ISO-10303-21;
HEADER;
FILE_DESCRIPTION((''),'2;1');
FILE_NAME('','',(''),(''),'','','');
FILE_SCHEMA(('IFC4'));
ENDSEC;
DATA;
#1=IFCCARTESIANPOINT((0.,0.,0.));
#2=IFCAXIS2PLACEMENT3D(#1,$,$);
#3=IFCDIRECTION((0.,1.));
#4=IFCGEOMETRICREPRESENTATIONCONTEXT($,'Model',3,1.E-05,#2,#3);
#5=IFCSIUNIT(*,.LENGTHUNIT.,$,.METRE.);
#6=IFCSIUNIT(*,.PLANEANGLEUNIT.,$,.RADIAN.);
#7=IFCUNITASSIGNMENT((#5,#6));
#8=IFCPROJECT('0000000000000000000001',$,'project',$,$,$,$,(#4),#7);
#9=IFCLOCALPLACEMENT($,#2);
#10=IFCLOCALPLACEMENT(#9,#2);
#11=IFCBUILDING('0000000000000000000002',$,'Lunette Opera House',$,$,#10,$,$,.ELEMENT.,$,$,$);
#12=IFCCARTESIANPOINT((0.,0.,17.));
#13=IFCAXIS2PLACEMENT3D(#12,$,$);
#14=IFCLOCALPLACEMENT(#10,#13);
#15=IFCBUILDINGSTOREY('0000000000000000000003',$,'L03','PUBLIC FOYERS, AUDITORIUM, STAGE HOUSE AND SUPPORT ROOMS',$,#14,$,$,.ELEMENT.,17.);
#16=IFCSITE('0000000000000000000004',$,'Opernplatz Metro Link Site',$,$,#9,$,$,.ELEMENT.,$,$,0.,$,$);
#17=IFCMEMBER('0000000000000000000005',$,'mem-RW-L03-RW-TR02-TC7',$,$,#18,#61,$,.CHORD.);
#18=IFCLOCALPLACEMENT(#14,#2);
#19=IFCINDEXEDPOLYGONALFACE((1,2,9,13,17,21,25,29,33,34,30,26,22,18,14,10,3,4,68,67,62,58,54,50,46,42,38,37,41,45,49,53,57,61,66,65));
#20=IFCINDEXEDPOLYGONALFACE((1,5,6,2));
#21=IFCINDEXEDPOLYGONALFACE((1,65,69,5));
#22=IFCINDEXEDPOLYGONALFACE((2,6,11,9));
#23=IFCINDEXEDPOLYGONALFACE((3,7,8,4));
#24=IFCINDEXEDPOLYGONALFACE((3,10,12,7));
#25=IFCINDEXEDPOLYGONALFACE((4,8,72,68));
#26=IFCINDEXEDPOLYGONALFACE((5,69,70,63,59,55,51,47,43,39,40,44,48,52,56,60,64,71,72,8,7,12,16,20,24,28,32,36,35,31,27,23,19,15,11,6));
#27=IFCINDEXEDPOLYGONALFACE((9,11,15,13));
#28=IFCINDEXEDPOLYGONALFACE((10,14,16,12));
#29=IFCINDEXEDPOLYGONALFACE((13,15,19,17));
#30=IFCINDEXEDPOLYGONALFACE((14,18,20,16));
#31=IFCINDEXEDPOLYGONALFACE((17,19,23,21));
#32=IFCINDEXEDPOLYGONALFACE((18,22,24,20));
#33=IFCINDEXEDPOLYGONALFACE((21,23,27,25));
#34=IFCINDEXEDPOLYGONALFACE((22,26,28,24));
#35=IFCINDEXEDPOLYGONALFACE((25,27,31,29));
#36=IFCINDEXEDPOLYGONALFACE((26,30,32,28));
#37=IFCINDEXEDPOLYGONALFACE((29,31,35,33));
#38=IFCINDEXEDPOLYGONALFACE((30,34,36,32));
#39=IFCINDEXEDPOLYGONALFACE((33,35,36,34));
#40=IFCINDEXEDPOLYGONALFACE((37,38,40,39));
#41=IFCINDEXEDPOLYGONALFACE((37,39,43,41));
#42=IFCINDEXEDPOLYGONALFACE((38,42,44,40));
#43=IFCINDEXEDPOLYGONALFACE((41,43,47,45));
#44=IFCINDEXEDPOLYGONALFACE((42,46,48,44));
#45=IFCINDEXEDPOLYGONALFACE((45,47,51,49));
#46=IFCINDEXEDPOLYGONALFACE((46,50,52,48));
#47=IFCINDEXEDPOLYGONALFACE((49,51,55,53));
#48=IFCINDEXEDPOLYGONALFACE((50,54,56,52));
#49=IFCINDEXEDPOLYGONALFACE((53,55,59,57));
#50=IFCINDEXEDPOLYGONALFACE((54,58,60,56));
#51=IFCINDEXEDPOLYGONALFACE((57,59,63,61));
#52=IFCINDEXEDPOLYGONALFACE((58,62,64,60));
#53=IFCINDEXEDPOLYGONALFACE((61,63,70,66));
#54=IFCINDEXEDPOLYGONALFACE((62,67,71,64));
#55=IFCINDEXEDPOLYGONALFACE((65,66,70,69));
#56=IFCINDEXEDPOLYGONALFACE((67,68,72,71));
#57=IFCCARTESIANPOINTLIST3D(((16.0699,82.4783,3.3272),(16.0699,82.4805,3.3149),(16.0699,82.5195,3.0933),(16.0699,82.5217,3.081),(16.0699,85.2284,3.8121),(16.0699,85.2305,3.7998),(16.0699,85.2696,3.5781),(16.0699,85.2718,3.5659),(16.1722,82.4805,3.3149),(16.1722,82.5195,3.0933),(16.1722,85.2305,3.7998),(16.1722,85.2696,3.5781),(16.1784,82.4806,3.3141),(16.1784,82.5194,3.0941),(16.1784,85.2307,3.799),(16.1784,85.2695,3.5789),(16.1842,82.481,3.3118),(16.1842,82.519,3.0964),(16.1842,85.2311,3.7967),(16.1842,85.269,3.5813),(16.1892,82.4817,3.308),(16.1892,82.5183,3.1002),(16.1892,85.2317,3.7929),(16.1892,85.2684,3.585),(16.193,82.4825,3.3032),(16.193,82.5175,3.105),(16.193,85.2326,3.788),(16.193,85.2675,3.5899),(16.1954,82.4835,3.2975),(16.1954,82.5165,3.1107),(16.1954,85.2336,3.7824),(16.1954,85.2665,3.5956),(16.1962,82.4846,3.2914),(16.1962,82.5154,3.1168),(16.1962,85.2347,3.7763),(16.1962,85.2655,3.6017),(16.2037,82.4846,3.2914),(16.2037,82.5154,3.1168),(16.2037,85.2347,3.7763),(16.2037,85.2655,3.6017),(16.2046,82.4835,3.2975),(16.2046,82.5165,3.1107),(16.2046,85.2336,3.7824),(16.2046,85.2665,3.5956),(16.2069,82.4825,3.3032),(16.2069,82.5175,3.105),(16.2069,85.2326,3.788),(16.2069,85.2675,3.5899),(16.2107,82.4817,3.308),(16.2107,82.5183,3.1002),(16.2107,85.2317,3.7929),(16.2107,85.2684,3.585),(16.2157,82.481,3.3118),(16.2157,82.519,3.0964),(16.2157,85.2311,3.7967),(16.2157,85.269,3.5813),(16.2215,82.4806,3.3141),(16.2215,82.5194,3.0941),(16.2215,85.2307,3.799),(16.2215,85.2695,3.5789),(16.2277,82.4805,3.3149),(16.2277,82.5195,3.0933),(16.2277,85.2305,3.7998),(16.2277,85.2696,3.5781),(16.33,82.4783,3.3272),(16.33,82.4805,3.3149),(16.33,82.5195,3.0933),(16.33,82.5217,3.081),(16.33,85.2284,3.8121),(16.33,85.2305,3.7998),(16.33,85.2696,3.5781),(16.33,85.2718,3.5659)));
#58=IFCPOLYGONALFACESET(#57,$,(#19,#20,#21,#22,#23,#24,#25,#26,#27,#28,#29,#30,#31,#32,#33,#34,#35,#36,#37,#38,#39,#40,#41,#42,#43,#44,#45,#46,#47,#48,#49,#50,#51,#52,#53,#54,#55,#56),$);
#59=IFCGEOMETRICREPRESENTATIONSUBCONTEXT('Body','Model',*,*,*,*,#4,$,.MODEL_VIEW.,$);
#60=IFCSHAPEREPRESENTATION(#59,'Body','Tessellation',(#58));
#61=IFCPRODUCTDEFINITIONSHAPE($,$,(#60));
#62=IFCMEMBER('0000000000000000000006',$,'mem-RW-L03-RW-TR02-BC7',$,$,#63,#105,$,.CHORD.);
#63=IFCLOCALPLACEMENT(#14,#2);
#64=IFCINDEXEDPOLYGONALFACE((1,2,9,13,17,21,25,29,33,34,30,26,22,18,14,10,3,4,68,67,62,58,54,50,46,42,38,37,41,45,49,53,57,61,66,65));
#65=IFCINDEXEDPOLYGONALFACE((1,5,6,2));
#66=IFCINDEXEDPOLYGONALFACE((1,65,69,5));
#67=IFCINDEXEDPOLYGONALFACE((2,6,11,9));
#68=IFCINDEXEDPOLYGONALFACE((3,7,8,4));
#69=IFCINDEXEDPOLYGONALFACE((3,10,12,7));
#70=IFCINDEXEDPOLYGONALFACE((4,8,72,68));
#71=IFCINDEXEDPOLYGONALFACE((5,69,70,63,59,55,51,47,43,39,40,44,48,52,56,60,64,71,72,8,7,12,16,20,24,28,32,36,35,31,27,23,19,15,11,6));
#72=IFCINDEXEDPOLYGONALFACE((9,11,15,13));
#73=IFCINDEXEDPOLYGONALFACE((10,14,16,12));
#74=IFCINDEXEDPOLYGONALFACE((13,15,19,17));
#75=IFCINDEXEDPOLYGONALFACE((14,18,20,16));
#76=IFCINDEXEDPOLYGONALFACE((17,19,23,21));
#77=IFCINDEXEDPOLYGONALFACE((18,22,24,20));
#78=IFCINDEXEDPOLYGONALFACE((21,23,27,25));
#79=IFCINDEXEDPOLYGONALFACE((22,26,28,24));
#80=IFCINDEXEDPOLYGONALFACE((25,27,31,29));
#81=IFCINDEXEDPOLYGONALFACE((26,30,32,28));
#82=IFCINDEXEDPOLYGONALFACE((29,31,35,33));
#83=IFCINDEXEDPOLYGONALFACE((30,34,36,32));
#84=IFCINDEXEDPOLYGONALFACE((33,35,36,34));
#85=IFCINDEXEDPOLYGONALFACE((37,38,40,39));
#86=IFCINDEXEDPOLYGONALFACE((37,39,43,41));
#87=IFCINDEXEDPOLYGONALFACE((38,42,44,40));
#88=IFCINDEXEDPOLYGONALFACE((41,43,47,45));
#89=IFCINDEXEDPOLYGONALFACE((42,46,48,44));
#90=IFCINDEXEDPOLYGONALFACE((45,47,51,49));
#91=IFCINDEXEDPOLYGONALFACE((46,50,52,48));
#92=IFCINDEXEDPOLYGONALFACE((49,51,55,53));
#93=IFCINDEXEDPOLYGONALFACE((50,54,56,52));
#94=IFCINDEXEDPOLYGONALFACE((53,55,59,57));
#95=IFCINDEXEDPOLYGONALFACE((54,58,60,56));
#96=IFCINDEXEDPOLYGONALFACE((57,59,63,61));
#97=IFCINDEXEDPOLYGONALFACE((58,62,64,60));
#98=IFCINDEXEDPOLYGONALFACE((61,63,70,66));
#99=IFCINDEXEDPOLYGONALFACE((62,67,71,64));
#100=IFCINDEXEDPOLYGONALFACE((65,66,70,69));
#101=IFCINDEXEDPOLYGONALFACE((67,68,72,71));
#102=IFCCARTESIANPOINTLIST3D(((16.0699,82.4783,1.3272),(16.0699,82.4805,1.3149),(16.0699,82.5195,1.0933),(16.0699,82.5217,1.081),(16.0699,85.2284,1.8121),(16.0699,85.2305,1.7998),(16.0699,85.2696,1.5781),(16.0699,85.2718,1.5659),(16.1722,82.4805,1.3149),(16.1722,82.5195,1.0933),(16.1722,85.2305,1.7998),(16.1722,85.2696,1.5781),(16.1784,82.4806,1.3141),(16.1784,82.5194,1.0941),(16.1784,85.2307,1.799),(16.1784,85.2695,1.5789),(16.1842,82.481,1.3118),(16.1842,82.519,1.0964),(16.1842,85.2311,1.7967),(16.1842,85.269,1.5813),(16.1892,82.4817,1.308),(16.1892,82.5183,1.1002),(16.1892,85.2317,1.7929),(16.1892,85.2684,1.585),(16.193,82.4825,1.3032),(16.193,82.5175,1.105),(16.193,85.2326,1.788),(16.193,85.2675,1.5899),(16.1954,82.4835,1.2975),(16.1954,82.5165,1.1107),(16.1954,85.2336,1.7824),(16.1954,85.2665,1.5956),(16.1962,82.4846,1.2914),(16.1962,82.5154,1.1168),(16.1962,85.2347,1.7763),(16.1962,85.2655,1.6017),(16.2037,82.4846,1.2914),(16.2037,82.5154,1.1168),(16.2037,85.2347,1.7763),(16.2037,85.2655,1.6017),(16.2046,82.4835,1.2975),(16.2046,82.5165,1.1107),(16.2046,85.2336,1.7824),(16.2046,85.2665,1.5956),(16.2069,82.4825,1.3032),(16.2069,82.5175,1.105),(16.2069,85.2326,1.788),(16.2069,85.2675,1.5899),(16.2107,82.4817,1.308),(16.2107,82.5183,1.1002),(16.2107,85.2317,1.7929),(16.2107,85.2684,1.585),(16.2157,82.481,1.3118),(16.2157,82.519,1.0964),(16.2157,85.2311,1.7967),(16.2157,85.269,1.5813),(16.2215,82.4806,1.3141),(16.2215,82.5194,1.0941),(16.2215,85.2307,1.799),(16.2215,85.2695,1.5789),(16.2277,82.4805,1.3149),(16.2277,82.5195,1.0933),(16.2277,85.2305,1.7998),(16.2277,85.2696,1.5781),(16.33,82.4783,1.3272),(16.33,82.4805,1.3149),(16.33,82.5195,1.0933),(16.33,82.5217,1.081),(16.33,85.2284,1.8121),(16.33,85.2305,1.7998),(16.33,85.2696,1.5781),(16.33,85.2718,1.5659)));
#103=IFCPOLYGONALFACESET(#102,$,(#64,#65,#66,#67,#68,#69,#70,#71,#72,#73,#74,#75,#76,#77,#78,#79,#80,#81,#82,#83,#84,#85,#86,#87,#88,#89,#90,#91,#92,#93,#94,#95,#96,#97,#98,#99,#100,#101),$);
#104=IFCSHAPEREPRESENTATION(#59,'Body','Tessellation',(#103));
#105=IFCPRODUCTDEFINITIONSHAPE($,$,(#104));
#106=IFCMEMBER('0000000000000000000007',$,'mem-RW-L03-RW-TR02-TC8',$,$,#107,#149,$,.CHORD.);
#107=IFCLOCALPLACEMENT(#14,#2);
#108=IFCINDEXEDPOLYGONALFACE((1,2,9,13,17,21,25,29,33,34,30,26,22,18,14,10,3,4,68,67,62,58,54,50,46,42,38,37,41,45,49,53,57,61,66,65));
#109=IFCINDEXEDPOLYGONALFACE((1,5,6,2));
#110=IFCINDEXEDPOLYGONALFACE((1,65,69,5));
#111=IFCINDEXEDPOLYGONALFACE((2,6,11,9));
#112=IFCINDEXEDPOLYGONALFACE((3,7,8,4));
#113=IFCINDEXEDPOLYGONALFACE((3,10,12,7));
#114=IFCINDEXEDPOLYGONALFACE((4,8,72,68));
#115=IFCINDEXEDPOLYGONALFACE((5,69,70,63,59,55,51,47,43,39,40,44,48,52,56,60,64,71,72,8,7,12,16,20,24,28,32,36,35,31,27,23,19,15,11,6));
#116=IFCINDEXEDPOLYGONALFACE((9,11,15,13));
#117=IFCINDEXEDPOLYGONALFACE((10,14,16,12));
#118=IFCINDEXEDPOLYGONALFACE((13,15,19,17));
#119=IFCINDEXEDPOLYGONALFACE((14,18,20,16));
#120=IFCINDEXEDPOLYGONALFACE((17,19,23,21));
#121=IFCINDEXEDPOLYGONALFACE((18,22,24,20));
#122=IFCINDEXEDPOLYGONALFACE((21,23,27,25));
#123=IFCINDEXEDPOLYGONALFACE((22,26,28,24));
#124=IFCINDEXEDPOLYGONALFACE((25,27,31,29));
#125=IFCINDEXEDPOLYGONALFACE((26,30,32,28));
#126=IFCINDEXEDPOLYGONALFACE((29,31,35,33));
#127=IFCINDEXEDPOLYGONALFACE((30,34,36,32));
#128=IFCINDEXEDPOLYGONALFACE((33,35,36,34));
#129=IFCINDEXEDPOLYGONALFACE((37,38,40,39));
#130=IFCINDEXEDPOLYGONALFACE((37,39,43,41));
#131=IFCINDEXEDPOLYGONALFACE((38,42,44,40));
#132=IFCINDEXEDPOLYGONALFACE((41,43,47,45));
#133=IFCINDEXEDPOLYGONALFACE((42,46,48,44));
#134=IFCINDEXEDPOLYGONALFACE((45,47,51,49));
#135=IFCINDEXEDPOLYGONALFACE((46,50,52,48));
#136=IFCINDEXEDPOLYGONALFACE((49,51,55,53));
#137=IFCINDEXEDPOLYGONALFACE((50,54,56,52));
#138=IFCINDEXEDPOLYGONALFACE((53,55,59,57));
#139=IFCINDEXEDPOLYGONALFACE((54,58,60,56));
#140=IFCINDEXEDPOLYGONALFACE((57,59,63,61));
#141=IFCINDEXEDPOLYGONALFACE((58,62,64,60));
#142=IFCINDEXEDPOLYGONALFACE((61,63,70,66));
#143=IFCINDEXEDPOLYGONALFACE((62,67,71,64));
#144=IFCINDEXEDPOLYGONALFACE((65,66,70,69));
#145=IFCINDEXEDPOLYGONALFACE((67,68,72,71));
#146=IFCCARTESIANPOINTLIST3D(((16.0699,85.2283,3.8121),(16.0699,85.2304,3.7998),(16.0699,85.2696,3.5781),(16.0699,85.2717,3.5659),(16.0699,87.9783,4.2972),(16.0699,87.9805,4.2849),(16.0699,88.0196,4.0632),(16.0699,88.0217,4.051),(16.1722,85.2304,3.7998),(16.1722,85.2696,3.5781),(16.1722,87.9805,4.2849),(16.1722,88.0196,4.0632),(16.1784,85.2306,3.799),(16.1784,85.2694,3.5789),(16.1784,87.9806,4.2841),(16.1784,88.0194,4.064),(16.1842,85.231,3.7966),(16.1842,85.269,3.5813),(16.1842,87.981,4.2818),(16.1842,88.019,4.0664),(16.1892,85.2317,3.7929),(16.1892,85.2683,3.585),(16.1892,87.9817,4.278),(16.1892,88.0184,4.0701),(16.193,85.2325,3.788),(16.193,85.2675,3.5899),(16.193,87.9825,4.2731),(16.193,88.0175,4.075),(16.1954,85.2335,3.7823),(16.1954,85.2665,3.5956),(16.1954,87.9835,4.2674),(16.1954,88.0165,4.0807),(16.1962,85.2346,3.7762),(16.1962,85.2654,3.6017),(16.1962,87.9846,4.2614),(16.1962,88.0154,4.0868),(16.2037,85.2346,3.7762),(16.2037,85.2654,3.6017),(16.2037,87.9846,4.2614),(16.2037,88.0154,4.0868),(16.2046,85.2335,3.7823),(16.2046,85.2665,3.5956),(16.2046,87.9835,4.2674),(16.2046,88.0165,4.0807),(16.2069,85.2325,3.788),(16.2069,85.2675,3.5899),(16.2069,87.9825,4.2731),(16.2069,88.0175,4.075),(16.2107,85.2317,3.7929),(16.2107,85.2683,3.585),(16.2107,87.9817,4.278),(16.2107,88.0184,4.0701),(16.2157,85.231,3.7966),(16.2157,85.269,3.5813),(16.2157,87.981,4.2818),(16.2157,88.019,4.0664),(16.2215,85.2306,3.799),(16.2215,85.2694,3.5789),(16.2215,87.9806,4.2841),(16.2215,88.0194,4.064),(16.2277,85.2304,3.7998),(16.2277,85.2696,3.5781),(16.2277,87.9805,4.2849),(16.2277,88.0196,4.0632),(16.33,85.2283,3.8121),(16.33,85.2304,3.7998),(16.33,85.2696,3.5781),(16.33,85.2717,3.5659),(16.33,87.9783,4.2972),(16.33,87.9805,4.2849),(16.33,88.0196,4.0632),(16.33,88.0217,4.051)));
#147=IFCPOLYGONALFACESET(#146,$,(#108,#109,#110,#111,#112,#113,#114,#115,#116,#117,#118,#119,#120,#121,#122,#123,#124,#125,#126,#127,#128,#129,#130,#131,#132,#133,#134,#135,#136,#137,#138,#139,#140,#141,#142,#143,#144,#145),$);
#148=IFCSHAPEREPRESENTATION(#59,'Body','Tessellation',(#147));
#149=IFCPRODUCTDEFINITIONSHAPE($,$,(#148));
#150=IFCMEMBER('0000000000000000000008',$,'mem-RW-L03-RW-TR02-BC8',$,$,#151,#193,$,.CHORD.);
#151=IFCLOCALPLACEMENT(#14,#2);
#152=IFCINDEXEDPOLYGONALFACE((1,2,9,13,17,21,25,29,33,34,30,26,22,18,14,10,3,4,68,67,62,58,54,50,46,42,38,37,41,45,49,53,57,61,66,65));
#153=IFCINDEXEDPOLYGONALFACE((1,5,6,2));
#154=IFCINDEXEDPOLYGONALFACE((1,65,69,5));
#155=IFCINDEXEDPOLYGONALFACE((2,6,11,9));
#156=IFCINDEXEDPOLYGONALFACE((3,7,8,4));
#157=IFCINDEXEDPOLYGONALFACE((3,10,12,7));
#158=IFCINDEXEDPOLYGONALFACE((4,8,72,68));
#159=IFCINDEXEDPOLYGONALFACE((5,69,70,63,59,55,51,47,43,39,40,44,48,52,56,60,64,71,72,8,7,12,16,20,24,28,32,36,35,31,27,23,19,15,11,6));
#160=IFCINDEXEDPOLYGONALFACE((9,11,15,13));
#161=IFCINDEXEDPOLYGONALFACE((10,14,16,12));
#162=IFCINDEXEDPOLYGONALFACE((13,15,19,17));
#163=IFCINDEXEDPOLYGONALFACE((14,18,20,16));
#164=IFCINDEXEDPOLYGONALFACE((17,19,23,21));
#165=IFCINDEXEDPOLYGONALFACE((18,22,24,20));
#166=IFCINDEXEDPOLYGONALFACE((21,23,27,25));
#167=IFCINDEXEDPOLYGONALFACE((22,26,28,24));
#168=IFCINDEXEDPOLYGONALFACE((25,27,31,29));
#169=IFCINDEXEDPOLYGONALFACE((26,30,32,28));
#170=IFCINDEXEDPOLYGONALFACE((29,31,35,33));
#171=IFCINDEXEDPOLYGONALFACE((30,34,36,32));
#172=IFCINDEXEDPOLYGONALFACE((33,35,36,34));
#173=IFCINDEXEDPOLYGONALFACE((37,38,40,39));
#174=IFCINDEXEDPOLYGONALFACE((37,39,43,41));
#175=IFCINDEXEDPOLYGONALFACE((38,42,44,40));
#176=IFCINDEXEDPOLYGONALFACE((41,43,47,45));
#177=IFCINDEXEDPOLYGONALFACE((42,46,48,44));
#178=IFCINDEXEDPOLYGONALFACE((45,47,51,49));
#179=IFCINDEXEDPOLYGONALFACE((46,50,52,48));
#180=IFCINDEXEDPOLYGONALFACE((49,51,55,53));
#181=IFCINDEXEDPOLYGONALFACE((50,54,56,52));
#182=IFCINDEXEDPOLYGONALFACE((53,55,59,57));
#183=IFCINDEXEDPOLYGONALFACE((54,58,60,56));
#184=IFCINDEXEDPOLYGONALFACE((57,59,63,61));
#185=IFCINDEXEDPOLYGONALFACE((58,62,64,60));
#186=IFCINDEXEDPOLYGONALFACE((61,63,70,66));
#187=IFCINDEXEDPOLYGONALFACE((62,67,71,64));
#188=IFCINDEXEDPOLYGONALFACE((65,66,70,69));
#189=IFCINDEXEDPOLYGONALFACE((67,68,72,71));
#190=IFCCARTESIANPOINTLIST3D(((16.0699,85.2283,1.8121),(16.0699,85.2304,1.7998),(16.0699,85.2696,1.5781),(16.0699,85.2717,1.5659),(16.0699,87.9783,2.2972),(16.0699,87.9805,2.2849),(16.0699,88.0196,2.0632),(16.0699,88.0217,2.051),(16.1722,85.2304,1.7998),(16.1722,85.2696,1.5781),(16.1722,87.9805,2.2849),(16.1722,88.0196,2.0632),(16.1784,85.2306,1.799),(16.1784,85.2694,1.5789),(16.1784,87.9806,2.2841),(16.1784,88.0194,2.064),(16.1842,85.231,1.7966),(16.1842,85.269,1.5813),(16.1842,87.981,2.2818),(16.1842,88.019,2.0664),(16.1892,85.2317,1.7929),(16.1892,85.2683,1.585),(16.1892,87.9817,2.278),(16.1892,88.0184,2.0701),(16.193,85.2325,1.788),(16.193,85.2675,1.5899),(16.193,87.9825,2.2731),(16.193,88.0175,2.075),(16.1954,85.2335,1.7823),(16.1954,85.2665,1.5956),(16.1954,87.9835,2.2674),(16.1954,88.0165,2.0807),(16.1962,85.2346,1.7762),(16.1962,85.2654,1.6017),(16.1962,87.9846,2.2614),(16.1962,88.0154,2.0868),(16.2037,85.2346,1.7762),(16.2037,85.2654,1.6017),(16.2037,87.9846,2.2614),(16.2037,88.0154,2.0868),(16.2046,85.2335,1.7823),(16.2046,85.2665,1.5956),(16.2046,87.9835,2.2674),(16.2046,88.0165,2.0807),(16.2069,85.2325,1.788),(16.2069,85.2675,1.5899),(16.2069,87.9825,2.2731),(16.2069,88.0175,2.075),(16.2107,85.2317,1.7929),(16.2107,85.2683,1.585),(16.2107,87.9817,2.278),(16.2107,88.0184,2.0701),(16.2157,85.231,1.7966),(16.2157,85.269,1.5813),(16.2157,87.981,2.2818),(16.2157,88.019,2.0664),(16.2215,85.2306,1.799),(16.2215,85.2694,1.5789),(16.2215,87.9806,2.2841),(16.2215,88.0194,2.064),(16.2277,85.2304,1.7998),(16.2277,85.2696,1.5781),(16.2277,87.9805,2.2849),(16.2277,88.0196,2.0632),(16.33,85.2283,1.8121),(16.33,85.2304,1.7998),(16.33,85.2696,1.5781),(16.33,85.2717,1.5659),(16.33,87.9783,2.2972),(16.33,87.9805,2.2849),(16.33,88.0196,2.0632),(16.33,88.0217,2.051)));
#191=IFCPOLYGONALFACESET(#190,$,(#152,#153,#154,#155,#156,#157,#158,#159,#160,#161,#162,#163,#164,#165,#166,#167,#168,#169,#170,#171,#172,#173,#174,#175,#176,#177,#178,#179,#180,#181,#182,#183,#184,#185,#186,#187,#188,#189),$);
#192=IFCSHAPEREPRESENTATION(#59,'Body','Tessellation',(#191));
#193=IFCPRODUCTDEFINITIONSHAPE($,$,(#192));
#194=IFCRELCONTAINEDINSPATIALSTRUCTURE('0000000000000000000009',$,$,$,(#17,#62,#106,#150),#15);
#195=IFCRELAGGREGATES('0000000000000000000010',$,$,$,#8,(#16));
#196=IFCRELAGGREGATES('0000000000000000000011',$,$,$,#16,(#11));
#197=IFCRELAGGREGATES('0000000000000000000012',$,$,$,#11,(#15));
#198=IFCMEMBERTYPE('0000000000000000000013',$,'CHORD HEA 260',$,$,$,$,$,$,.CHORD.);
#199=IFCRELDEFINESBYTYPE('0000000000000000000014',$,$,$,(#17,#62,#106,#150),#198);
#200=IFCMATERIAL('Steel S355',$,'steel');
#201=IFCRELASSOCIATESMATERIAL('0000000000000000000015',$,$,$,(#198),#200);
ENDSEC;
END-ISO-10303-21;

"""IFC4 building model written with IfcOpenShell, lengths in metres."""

from ifc_helpers import new_model, si_unit, direction, frame, origin, origin_2d, place, context, subcontext, project, spatial, i_section, extrude, material, material_profile, profile_set, type_object, element, save


model = new_model("IFC4")

# Units and contexts
model_context = context("Model", 3, precision=1e-05, world=origin(), true_north=direction((0.0, 1.0)))
body_context = subcontext(model_context, "Body", "Model", "MODEL_VIEW")
ifc_project = project(units=[si_unit("LENGTHUNIT", "METRE"), si_unit("PLANEANGLEUNIT", "RADIAN")], contexts=[model_context])

# Site, building, storey
site_placement = place(None, origin())
site = spatial("IfcSite", under=ifc_project, at=site_placement, Name="Opernplatz Metro Link Site", CompositionType="ELEMENT", RefElevation=0.0)
building_placement = place(site_placement, origin())
building = spatial("IfcBuilding", under=site, at=building_placement, Name="Lunette Opera House", CompositionType="ELEMENT")
storey_placement = place(building_placement, frame((0.0, 0.0, 17.0)))
storey = spatial("IfcBuildingStorey", under=building, at=storey_placement, Name="L03", Description="PUBLIC FOYERS, AUDITORIUM, STAGE HOUSE AND SUPPORT ROOMS", CompositionType="ELEMENT", Elevation=17.0)

# Members
ifc_material_1 = material(Name="Steel S355", Category="steel")
ifc_material_profile_1 = material_profile(ifc_material_1, i_section(OverallWidth=0.26, OverallDepth=0.25, WebThickness=0.0076, FlangeThickness=0.0125, FilletRadius=0.0239, at=origin_2d()), Name="HEA 260")
ifc_profile_set_1 = profile_set([ifc_material_profile_1], Name="Steel S355")
member_type_1 = type_object("IfcMemberType", Name="CHORD HEA 260", PredefinedType="CHORD", material=ifc_profile_set_1)
for number, where, z_axis, x_axis, name in (
    (1, (16.2, 82.5, 3.2041), (0.0, 0.98481, 0.173636), (-1.0, 0.0, 0.0), "mem-RW-L03-RW-TR02-TC7"),
    (2, (16.2, 82.5, 1.2041), (0.0, 0.98481, 0.173636), (-1.0, 0.0, 0.0), "mem-RW-L03-RW-TR02-BC7"),
    (3, (16.2, 85.25, 3.689), (0.0, 0.984795, 0.17372), (-1.0, 0.0, 0.0), "mem-RW-L03-RW-TR02-TC8"),
    (4, (16.2, 85.25, 1.689), (0.0, 0.984795, 0.17372), (-1.0, 0.0, 0.0), "mem-RW-L03-RW-TR02-BC8"),
):
    element("IfcMember", number, at=place(storey_placement, frame(where, z_axis=z_axis, x_axis=x_axis)), inside=storey, type_object=member_type_1, Name=name, PredefinedType="CHORD", context=body_context, shape_type="SweptSolid", body=[
        extrude(i_section(OverallWidth=0.26, OverallDepth=0.25, WebThickness=0.0076, FlangeThickness=0.0125, FilletRadius=0.0239, at=origin_2d()), origin(), (0.0, 0.0, 1.0), 2.7925),
    ])

save(model, "model.ifc")
